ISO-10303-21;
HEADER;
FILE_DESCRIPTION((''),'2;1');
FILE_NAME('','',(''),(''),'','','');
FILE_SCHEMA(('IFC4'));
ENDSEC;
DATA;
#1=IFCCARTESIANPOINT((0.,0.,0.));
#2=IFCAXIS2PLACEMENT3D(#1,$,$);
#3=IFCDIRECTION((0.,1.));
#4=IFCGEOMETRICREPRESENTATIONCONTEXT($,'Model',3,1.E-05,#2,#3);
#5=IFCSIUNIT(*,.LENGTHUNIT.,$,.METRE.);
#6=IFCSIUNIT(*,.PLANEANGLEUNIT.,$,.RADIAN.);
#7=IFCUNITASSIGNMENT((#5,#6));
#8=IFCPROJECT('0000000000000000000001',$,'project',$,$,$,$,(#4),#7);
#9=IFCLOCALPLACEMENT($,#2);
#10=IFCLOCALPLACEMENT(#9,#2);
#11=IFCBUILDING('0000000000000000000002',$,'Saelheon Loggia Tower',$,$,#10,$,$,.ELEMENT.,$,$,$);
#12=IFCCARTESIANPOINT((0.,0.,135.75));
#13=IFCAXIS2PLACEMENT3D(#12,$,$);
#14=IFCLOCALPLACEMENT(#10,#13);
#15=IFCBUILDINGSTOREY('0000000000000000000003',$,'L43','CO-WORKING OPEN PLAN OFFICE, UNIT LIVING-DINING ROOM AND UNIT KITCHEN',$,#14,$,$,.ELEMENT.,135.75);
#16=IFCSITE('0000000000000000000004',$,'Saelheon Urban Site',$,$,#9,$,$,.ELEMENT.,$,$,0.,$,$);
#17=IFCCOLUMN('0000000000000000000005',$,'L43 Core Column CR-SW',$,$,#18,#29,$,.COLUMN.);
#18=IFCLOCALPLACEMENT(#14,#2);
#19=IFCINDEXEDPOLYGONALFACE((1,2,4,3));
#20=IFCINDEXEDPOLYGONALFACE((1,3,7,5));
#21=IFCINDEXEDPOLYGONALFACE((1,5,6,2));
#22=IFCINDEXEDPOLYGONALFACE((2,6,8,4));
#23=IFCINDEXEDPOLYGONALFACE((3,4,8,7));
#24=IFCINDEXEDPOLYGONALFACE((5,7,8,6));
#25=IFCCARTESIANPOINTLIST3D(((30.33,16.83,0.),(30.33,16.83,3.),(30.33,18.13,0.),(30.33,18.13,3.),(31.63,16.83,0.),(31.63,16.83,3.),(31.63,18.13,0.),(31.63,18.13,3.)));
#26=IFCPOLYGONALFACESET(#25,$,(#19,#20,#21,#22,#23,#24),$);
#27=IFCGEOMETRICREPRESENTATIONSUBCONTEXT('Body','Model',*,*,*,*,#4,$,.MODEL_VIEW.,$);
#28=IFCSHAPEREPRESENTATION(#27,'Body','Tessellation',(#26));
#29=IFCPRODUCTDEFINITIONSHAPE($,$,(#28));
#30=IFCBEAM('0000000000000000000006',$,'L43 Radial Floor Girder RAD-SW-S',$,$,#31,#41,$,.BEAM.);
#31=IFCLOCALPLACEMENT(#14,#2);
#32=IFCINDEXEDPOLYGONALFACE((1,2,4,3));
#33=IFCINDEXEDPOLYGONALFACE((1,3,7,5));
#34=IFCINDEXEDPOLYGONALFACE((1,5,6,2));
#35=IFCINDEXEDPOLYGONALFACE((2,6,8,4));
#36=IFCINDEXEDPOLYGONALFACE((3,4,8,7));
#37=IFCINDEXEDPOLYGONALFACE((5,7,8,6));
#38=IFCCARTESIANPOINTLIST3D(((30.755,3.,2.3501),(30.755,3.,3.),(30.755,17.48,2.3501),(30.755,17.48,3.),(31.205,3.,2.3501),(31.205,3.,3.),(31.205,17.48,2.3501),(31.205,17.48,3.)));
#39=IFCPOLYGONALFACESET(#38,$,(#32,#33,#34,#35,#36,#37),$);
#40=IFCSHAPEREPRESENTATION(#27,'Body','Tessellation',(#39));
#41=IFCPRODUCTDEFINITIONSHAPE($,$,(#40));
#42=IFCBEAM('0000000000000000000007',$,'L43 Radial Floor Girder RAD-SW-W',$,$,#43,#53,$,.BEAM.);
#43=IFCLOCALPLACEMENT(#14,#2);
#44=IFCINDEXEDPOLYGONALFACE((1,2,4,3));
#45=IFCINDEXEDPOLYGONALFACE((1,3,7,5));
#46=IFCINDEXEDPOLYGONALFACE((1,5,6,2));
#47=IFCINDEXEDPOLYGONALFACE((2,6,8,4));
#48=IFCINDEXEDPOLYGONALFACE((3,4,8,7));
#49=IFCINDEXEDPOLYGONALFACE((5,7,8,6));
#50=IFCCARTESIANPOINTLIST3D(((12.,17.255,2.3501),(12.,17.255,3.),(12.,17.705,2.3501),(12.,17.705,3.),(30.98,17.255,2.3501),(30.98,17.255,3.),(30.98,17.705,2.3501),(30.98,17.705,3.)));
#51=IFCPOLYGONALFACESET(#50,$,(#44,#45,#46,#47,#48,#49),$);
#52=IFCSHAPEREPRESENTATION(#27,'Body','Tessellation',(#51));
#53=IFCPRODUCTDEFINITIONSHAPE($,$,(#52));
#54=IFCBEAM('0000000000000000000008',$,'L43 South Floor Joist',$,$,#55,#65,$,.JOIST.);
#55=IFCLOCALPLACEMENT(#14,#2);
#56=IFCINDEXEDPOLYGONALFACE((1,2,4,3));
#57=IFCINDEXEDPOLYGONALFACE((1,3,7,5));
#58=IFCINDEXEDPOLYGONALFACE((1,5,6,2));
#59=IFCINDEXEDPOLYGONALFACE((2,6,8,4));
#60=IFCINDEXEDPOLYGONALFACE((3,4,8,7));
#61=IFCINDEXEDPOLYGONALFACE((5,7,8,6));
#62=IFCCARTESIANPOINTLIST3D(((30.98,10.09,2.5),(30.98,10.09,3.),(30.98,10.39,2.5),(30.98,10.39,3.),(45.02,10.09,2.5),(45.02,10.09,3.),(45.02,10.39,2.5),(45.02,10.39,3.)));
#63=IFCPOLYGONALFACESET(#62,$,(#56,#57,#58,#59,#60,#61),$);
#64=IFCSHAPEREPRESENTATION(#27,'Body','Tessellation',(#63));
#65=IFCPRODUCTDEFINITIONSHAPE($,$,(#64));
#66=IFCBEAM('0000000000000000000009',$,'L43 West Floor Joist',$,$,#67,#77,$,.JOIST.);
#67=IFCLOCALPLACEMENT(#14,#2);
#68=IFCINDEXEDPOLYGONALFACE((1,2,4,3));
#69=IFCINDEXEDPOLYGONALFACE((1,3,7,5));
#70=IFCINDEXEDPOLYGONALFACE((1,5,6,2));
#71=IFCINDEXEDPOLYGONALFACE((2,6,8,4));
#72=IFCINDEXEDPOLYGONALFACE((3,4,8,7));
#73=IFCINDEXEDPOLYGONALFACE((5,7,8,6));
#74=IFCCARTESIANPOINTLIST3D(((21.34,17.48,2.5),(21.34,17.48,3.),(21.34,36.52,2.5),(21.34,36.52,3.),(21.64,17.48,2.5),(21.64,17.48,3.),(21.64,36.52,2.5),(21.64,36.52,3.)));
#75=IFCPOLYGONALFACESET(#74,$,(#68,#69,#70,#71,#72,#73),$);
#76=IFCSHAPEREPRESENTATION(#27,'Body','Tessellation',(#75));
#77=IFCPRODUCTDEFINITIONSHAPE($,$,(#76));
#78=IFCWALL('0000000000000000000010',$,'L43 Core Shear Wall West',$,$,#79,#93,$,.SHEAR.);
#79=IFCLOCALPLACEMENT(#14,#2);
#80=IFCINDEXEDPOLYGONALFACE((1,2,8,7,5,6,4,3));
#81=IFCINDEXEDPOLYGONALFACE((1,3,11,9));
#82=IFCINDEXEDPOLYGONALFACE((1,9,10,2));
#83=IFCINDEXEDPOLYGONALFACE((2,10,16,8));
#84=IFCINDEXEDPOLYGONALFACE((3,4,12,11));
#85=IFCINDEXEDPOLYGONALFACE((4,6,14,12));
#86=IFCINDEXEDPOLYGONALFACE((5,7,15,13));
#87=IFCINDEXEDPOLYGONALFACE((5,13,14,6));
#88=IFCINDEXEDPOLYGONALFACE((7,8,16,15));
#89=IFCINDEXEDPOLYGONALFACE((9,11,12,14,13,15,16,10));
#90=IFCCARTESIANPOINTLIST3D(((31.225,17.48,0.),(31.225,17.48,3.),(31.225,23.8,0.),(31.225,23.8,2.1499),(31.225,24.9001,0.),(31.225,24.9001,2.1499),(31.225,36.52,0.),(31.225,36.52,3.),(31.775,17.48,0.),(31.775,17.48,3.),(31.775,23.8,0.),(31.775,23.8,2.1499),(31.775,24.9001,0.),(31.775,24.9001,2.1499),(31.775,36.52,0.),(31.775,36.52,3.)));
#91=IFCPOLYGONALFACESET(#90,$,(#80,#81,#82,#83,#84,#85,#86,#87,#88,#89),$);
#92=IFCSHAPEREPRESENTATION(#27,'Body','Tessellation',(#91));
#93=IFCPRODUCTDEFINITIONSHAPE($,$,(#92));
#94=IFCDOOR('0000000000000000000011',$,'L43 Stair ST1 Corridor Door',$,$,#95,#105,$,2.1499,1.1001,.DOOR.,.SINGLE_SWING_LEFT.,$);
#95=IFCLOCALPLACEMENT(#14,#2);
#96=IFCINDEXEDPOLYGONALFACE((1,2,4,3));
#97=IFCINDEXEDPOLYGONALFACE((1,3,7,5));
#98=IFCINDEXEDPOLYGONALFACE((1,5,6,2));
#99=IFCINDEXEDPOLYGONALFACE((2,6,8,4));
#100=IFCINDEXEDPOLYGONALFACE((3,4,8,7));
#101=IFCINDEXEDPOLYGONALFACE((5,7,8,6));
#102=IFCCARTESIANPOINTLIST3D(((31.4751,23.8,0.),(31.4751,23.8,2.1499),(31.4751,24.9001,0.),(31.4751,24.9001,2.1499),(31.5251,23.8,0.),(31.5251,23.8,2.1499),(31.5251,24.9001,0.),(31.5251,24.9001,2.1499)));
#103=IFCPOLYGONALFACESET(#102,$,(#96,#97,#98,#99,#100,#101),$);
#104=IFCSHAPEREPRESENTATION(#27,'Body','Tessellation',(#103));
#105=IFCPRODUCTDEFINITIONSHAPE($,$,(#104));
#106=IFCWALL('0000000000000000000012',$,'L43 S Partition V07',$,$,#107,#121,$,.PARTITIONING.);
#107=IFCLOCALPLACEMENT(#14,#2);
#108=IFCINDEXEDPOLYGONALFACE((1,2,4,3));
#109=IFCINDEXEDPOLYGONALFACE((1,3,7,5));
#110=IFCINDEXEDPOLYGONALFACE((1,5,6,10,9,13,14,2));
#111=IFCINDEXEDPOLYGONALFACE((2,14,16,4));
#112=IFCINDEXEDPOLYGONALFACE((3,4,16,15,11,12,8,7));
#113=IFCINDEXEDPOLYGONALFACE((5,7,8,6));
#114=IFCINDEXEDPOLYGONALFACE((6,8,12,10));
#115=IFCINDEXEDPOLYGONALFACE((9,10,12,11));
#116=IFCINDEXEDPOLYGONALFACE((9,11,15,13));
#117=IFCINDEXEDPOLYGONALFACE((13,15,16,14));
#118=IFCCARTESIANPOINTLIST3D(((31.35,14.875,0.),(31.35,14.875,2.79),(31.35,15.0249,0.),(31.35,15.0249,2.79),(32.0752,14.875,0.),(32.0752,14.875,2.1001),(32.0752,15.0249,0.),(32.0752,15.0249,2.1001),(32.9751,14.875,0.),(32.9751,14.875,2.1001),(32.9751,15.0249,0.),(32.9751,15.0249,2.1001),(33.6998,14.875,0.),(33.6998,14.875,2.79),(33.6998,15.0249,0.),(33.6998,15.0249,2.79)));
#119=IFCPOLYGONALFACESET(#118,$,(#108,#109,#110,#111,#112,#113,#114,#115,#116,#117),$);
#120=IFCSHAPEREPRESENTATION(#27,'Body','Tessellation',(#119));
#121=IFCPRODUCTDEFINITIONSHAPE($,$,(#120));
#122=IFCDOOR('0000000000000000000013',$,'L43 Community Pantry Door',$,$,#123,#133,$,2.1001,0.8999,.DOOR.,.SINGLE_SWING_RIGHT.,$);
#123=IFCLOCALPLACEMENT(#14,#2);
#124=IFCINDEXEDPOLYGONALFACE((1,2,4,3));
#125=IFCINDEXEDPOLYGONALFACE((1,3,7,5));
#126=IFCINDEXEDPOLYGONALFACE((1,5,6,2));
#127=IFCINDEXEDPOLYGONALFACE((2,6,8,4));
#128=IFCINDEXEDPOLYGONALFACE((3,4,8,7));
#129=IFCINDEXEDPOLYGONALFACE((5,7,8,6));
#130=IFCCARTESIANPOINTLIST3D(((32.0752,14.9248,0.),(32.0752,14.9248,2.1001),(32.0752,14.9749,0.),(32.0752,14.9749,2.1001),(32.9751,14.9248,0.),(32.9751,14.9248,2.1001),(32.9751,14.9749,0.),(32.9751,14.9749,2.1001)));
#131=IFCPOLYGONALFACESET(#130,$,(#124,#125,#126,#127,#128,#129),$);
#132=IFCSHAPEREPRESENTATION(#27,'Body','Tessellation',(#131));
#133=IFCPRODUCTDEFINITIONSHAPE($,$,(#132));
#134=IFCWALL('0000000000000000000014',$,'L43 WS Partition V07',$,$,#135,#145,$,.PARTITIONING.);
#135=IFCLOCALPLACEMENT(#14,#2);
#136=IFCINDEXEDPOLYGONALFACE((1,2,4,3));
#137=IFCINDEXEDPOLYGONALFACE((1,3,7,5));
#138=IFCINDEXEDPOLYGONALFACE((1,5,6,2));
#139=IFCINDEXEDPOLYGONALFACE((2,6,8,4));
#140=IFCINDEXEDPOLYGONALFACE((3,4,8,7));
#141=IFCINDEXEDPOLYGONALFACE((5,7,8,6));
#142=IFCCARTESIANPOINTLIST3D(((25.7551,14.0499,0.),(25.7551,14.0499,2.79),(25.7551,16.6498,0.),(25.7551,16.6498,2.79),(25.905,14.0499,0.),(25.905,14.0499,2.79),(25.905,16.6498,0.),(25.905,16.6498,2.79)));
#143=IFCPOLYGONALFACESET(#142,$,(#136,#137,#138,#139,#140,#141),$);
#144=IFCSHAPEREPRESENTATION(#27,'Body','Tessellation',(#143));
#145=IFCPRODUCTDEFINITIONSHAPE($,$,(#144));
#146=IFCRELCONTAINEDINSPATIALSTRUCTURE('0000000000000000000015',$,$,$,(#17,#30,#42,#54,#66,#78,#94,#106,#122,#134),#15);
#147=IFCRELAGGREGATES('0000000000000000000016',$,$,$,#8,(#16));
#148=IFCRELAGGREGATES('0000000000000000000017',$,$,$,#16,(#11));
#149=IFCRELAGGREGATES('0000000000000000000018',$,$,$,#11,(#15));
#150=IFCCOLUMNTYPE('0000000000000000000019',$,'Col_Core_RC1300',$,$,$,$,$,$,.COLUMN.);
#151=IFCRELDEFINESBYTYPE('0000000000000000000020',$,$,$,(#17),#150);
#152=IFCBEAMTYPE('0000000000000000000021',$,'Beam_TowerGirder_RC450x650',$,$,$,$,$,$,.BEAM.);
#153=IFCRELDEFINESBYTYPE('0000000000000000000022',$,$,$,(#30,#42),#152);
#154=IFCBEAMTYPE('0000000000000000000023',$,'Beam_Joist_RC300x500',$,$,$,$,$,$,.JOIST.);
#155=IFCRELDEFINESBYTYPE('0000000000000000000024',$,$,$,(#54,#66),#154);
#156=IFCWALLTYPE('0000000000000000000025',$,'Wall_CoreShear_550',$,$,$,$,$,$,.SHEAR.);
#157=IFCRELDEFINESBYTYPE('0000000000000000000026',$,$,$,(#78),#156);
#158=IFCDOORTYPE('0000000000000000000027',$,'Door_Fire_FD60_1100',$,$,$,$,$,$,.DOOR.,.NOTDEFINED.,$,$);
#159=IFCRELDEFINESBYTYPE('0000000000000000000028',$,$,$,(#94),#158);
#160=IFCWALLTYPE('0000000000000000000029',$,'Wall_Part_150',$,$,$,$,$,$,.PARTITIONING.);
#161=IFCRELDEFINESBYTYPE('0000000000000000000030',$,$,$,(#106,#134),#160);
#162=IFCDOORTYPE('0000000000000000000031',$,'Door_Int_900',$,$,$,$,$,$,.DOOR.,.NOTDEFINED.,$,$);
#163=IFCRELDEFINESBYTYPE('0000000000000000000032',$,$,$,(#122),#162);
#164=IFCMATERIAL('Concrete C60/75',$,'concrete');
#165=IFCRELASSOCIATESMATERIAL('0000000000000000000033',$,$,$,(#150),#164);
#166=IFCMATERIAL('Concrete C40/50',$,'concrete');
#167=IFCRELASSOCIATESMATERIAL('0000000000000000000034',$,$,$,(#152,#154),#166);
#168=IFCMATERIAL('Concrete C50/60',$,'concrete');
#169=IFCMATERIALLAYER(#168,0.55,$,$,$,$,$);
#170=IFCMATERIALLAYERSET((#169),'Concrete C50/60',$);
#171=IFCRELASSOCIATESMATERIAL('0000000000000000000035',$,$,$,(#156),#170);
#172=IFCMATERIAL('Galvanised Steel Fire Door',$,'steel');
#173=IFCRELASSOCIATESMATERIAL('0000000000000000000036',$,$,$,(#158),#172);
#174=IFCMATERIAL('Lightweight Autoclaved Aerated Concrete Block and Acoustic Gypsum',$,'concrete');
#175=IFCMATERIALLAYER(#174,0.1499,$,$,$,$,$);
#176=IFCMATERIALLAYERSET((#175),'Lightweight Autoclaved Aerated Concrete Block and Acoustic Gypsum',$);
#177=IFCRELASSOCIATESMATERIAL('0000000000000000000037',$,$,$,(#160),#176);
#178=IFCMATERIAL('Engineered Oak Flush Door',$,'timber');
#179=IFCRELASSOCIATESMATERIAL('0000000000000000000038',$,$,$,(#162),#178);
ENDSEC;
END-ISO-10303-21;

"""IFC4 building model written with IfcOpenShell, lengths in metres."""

from ifc_helpers import new_model, si_unit, direction, frame, frame_2d, origin, origin_2d, place, context, subcontext, project, spatial, rectangle, extrude, source, transform, mapped, material, layer, layer_set, material_profile, profile_set, type_object, element, fill, save


model = new_model("IFC4")

# Units and contexts
model_context = context("Model", 3, precision=1e-05, world=origin(), true_north=direction((0.0, 1.0)))
body_context = subcontext(model_context, "Body", "Model", "MODEL_VIEW")
ifc_project = project(units=[si_unit("LENGTHUNIT", "METRE"), si_unit("PLANEANGLEUNIT", "RADIAN")], contexts=[model_context])

# Site, building, storey
site_placement = place(None, origin())
site = spatial("IfcSite", under=ifc_project, at=site_placement, Name="Saelheon Urban Site", CompositionType="ELEMENT", RefElevation=0.0)
building_placement = place(site_placement, origin())
building = spatial("IfcBuilding", under=site, at=building_placement, Name="Saelheon Loggia Tower", CompositionType="ELEMENT")
storey_placement = place(building_placement, frame((0.0, 0.0, 135.75)))
storey = spatial("IfcBuildingStorey", under=building, at=storey_placement, Name="L43", Description="CO-WORKING OPEN PLAN OFFICE, UNIT LIVING-DINING ROOM AND UNIT KITCHEN", CompositionType="ELEMENT", Elevation=135.75)

# Column
ifc_material_1 = material(Name="Concrete C60/75", Category="concrete")
ifc_material_profile_1 = material_profile(ifc_material_1, rectangle(XDim=1.3, YDim=1.3, at=origin_2d()), Name="RC-1300x1300")
ifc_profile_set_1 = profile_set([ifc_material_profile_1], Name="Concrete C60/75")
column_type = type_object("IfcColumnType", Name="Col_Core_RC1300", PredefinedType="COLUMN", material=ifc_profile_set_1)
shared_shape_1 = source(origin(), body_context, "Body", "SweptSolid", [
    extrude(rectangle(XDim=1.3, YDim=1.3, at=origin_2d()), origin(), (0.0, 0.0, 1.0), 3.0),
])
column_placement = place(storey_placement, frame((30.98, 17.48, 0.0), z_axis=(0.0, 0.0, 1.0), x_axis=(1.0, 0.0, 0.0)))
element("IfcColumn", 1, at=column_placement, inside=storey, type_object=column_type, Name="L43 Core Column CR-SW", PredefinedType="COLUMN", context=body_context, shape_type="MappedRepresentation", body=[
    mapped(shared_shape_1, transform((0.0, 0.0, 0.0), scale=1.0)),
])

# Beams
ifc_material_2 = material(Name="Concrete C40/50", Category="concrete")
ifc_material_profile_2 = material_profile(ifc_material_2, rectangle(XDim=0.45, YDim=0.6499, at=origin_2d()), Name="RC-450x650")
ifc_profile_set_2 = profile_set([ifc_material_profile_2], Name="Concrete C40/50")
beam_type_1 = type_object("IfcBeamType", Name="Beam_TowerGirder_RC450x650", PredefinedType="BEAM", material=ifc_profile_set_2)
shared_shape_2 = source(origin(), body_context, "Body", "SweptSolid", [
    extrude(rectangle(XDim=0.45, YDim=0.6499, at=origin_2d()), origin(), (0.0, 0.0, 1.0), 14.48),
])
beam_1_placement = place(storey_placement, frame((30.98, 17.48, 2.675), z_axis=(0.0, -1.0, 0.0), x_axis=(1.0, 0.0, 0.0)))
element("IfcBeam", 2, at=beam_1_placement, inside=storey, type_object=beam_type_1, Name="L43 Radial Floor Girder RAD-SW-S", PredefinedType="BEAM", context=body_context, shape_type="MappedRepresentation", body=[
    mapped(shared_shape_2, transform((0.0, 0.0, 0.0), scale=1.0)),
])
shared_shape_3 = source(origin(), body_context, "Body", "SweptSolid", [
    extrude(rectangle(XDim=0.45, YDim=0.6499, at=origin_2d()), origin(), (0.0, 0.0, 1.0), 18.98),
])
beam_2_placement = place(storey_placement, frame((30.98, 17.48, 2.675), z_axis=(-1.0, 0.0, 0.0), x_axis=(0.0, -1.0, 0.0)))
element("IfcBeam", 3, at=beam_2_placement, inside=storey, type_object=beam_type_1, Name="L43 Radial Floor Girder RAD-SW-W", PredefinedType="BEAM", context=body_context, shape_type="MappedRepresentation", body=[
    mapped(shared_shape_3, transform((0.0, 0.0, 0.0), scale=1.0)),
])
ifc_material_profile_3 = material_profile(ifc_material_2, rectangle(XDim=0.3, YDim=0.5, at=origin_2d()), Name="RC-300x500")
ifc_profile_set_3 = profile_set([ifc_material_profile_3], Name="Concrete C40/50")
beam_type_2 = type_object("IfcBeamType", Name="Beam_Joist_RC300x500", PredefinedType="JOIST", material=ifc_profile_set_3)
shared_shape_4 = source(origin(), body_context, "Body", "SweptSolid", [
    extrude(rectangle(XDim=0.3, YDim=0.5, at=origin_2d()), origin(), (0.0, 0.0, 1.0), 14.04),
])
beam_3_placement = place(storey_placement, frame((30.98, 10.24, 2.75), z_axis=(1.0, 0.0, 0.0), x_axis=(0.0, 1.0, 0.0)))
element("IfcBeam", 4, at=beam_3_placement, inside=storey, type_object=beam_type_2, Name="L43 South Floor Joist", PredefinedType="JOIST", context=body_context, shape_type="MappedRepresentation", body=[
    mapped(shared_shape_4, transform((0.0, 0.0, 0.0), scale=1.0)),
])
shared_shape_5 = source(origin(), body_context, "Body", "SweptSolid", [
    extrude(rectangle(XDim=0.3, YDim=0.5, at=origin_2d()), origin(), (0.0, 0.0, 1.0), 19.04),
])
beam_4_placement = place(storey_placement, frame((21.49, 17.48, 2.75), z_axis=(0.0, 1.0, 0.0), x_axis=(-1.0, 0.0, 0.0)))
element("IfcBeam", 5, at=beam_4_placement, inside=storey, type_object=beam_type_2, Name="L43 West Floor Joist", PredefinedType="JOIST", context=body_context, shape_type="MappedRepresentation", body=[
    mapped(shared_shape_5, transform((0.0, 0.0, 0.0), scale=1.0)),
])

# Walls, openings, doors
ifc_material_3 = material(Name="Concrete C50/60", Category="concrete")
ifc_layer_1 = layer(ifc_material_3, 0.55)
ifc_layer_set_1 = layer_set([ifc_layer_1], Name="Concrete C50/60")
wall_type_1 = type_object("IfcWallType", Name="Wall_CoreShear_550", PredefinedType="SHEAR", material=ifc_layer_set_1)
wall_1_placement = place(storey_placement, frame((31.5, 17.48, 0.0), z_axis=(0.0, 0.0, 1.0), x_axis=(0.0, 1.0, 0.0)))
wall_1 = element("IfcWall", 6, at=wall_1_placement, inside=storey, type_object=wall_type_1, Name="L43 Core Shear Wall West", PredefinedType="SHEAR", context=body_context, shape_type="SweptSolid", body=[
    extrude(rectangle(XDim=19.04, YDim=0.55, at=frame_2d((9.52, 0.0))), origin(), (0.0, 0.0, 1.0), 3.0),
])
opening_1_placement = place(wall_1_placement, frame((6.3201, 0.0, 0.0)))
opening_1 = element("IfcOpeningElement", 7, at=opening_1_placement, cuts=wall_1, PredefinedType="OPENING", context=body_context, shape_type="SweptSolid", body=[
    extrude(rectangle(XDim=1.1001, YDim=2.1499, at=frame_2d((0.55, 1.075))), frame((0.0, 0.2871, 0.0), z_axis=(0.0, -1.0, 0.0), x_axis=(1.0, 0.0, 0.0)), (0.0, 0.0, 1.0), 0.574),
])
ifc_material_4 = material(Name="Galvanised Steel Fire Door", Category="steel")
door_type_1 = type_object("IfcDoorType", Name="Door_Fire_FD60_1100", OperationType="NOTDEFINED", PredefinedType="DOOR", material=ifc_material_4)
shared_shape_6 = source(origin(), body_context, "Body", "SweptSolid", [
    extrude(rectangle(XDim=1.1001, YDim=2.1499, at=frame_2d((0.55, 1.075))), frame((0.0, 0.0249, 0.0), z_axis=(0.0, -1.0, 0.0), x_axis=(1.0, 0.0, 0.0)), (0.0, 0.0, 1.0), 0.05),
])
door_1_placement = place(opening_1_placement, origin())
door_1 = element("IfcDoor", 8, at=door_1_placement, inside=storey, type_object=door_type_1, Name="L43 Stair ST1 Corridor Door", OperationType="SINGLE_SWING_LEFT", OverallHeight=2.1499, OverallWidth=1.1001, PredefinedType="DOOR", context=body_context, shape_type="MappedRepresentation", body=[
    mapped(shared_shape_6, transform((0.0, 0.0, 0.0), scale=1.0)),
])
fill(opening_1, door_1)
ifc_material_5 = material(Name="Lightweight Autoclaved Aerated Concrete Block and Acoustic Gypsum", Category="concrete")
ifc_layer_2 = layer(ifc_material_5, 0.1499)
ifc_layer_set_2 = layer_set([ifc_layer_2], Name="Lightweight Autoclaved Aerated Concrete Block and Acoustic Gypsum")
wall_type_2 = type_object("IfcWallType", Name="Wall_Part_150", PredefinedType="PARTITIONING", material=ifc_layer_set_2)
wall_2_placement = place(storey_placement, frame((31.3501, 14.95, 0.0), z_axis=(0.0, 0.0, 1.0), x_axis=(1.0, 0.0, 0.0)))
wall_2 = element("IfcWall", 9, at=wall_2_placement, inside=storey, type_object=wall_type_2, Name="L43 S Partition V07", PredefinedType="PARTITIONING", context=body_context, shape_type="SweptSolid", body=[
    extrude(rectangle(XDim=2.3499, YDim=0.1499, at=frame_2d((1.1748, 0.0))), origin(), (0.0, 0.0, 1.0), 2.79),
])
opening_2_placement = place(wall_2_placement, frame((0.7251, 0.0, 0.0)))
opening_2 = element("IfcOpeningElement", 10, at=opening_2_placement, cuts=wall_2, PredefinedType="OPENING", context=body_context, shape_type="SweptSolid", body=[
    extrude(rectangle(XDim=0.8999, YDim=2.1001, at=frame_2d((0.45, 1.05))), frame((0.0, 0.0869, 0.0), z_axis=(0.0, -1.0, 0.0), x_axis=(1.0, 0.0, 0.0)), (0.0, 0.0, 1.0), 0.1738),
])
ifc_material_6 = material(Name="Engineered Oak Flush Door", Category="timber")
door_type_2 = type_object("IfcDoorType", Name="Door_Int_900", OperationType="NOTDEFINED", PredefinedType="DOOR", material=ifc_material_6)
shared_shape_7 = source(origin(), body_context, "Body", "SweptSolid", [
    extrude(rectangle(XDim=0.8999, YDim=2.1001, at=frame_2d((0.45, 1.05))), frame((0.0, 0.0249, 0.0), z_axis=(0.0, -1.0, 0.0), x_axis=(1.0, 0.0, 0.0)), (0.0, 0.0, 1.0), 0.05),
])
door_2_placement = place(opening_2_placement, origin())
door_2 = element("IfcDoor", 11, at=door_2_placement, inside=storey, type_object=door_type_2, Name="L43 Community Pantry Door", OperationType="SINGLE_SWING_RIGHT", OverallHeight=2.1001, OverallWidth=0.8999, PredefinedType="DOOR", context=body_context, shape_type="MappedRepresentation", body=[
    mapped(shared_shape_7, transform((0.0, 0.0, 0.0), scale=1.0)),
])
fill(opening_2, door_2)

# Wall
wall_3_placement = place(storey_placement, frame((25.8301, 14.05, 0.0), z_axis=(0.0, 0.0, 1.0), x_axis=(0.0, 1.0, 0.0)))
element("IfcWall", 12, at=wall_3_placement, inside=storey, type_object=wall_type_2, Name="L43 WS Partition V07", PredefinedType="PARTITIONING", context=body_context, shape_type="SweptSolid", body=[
    extrude(rectangle(XDim=2.5999, YDim=0.1499, at=frame_2d((1.2998, 0.0))), origin(), (0.0, 0.0, 1.0), 2.79),
])

save(model, "model.ifc")
